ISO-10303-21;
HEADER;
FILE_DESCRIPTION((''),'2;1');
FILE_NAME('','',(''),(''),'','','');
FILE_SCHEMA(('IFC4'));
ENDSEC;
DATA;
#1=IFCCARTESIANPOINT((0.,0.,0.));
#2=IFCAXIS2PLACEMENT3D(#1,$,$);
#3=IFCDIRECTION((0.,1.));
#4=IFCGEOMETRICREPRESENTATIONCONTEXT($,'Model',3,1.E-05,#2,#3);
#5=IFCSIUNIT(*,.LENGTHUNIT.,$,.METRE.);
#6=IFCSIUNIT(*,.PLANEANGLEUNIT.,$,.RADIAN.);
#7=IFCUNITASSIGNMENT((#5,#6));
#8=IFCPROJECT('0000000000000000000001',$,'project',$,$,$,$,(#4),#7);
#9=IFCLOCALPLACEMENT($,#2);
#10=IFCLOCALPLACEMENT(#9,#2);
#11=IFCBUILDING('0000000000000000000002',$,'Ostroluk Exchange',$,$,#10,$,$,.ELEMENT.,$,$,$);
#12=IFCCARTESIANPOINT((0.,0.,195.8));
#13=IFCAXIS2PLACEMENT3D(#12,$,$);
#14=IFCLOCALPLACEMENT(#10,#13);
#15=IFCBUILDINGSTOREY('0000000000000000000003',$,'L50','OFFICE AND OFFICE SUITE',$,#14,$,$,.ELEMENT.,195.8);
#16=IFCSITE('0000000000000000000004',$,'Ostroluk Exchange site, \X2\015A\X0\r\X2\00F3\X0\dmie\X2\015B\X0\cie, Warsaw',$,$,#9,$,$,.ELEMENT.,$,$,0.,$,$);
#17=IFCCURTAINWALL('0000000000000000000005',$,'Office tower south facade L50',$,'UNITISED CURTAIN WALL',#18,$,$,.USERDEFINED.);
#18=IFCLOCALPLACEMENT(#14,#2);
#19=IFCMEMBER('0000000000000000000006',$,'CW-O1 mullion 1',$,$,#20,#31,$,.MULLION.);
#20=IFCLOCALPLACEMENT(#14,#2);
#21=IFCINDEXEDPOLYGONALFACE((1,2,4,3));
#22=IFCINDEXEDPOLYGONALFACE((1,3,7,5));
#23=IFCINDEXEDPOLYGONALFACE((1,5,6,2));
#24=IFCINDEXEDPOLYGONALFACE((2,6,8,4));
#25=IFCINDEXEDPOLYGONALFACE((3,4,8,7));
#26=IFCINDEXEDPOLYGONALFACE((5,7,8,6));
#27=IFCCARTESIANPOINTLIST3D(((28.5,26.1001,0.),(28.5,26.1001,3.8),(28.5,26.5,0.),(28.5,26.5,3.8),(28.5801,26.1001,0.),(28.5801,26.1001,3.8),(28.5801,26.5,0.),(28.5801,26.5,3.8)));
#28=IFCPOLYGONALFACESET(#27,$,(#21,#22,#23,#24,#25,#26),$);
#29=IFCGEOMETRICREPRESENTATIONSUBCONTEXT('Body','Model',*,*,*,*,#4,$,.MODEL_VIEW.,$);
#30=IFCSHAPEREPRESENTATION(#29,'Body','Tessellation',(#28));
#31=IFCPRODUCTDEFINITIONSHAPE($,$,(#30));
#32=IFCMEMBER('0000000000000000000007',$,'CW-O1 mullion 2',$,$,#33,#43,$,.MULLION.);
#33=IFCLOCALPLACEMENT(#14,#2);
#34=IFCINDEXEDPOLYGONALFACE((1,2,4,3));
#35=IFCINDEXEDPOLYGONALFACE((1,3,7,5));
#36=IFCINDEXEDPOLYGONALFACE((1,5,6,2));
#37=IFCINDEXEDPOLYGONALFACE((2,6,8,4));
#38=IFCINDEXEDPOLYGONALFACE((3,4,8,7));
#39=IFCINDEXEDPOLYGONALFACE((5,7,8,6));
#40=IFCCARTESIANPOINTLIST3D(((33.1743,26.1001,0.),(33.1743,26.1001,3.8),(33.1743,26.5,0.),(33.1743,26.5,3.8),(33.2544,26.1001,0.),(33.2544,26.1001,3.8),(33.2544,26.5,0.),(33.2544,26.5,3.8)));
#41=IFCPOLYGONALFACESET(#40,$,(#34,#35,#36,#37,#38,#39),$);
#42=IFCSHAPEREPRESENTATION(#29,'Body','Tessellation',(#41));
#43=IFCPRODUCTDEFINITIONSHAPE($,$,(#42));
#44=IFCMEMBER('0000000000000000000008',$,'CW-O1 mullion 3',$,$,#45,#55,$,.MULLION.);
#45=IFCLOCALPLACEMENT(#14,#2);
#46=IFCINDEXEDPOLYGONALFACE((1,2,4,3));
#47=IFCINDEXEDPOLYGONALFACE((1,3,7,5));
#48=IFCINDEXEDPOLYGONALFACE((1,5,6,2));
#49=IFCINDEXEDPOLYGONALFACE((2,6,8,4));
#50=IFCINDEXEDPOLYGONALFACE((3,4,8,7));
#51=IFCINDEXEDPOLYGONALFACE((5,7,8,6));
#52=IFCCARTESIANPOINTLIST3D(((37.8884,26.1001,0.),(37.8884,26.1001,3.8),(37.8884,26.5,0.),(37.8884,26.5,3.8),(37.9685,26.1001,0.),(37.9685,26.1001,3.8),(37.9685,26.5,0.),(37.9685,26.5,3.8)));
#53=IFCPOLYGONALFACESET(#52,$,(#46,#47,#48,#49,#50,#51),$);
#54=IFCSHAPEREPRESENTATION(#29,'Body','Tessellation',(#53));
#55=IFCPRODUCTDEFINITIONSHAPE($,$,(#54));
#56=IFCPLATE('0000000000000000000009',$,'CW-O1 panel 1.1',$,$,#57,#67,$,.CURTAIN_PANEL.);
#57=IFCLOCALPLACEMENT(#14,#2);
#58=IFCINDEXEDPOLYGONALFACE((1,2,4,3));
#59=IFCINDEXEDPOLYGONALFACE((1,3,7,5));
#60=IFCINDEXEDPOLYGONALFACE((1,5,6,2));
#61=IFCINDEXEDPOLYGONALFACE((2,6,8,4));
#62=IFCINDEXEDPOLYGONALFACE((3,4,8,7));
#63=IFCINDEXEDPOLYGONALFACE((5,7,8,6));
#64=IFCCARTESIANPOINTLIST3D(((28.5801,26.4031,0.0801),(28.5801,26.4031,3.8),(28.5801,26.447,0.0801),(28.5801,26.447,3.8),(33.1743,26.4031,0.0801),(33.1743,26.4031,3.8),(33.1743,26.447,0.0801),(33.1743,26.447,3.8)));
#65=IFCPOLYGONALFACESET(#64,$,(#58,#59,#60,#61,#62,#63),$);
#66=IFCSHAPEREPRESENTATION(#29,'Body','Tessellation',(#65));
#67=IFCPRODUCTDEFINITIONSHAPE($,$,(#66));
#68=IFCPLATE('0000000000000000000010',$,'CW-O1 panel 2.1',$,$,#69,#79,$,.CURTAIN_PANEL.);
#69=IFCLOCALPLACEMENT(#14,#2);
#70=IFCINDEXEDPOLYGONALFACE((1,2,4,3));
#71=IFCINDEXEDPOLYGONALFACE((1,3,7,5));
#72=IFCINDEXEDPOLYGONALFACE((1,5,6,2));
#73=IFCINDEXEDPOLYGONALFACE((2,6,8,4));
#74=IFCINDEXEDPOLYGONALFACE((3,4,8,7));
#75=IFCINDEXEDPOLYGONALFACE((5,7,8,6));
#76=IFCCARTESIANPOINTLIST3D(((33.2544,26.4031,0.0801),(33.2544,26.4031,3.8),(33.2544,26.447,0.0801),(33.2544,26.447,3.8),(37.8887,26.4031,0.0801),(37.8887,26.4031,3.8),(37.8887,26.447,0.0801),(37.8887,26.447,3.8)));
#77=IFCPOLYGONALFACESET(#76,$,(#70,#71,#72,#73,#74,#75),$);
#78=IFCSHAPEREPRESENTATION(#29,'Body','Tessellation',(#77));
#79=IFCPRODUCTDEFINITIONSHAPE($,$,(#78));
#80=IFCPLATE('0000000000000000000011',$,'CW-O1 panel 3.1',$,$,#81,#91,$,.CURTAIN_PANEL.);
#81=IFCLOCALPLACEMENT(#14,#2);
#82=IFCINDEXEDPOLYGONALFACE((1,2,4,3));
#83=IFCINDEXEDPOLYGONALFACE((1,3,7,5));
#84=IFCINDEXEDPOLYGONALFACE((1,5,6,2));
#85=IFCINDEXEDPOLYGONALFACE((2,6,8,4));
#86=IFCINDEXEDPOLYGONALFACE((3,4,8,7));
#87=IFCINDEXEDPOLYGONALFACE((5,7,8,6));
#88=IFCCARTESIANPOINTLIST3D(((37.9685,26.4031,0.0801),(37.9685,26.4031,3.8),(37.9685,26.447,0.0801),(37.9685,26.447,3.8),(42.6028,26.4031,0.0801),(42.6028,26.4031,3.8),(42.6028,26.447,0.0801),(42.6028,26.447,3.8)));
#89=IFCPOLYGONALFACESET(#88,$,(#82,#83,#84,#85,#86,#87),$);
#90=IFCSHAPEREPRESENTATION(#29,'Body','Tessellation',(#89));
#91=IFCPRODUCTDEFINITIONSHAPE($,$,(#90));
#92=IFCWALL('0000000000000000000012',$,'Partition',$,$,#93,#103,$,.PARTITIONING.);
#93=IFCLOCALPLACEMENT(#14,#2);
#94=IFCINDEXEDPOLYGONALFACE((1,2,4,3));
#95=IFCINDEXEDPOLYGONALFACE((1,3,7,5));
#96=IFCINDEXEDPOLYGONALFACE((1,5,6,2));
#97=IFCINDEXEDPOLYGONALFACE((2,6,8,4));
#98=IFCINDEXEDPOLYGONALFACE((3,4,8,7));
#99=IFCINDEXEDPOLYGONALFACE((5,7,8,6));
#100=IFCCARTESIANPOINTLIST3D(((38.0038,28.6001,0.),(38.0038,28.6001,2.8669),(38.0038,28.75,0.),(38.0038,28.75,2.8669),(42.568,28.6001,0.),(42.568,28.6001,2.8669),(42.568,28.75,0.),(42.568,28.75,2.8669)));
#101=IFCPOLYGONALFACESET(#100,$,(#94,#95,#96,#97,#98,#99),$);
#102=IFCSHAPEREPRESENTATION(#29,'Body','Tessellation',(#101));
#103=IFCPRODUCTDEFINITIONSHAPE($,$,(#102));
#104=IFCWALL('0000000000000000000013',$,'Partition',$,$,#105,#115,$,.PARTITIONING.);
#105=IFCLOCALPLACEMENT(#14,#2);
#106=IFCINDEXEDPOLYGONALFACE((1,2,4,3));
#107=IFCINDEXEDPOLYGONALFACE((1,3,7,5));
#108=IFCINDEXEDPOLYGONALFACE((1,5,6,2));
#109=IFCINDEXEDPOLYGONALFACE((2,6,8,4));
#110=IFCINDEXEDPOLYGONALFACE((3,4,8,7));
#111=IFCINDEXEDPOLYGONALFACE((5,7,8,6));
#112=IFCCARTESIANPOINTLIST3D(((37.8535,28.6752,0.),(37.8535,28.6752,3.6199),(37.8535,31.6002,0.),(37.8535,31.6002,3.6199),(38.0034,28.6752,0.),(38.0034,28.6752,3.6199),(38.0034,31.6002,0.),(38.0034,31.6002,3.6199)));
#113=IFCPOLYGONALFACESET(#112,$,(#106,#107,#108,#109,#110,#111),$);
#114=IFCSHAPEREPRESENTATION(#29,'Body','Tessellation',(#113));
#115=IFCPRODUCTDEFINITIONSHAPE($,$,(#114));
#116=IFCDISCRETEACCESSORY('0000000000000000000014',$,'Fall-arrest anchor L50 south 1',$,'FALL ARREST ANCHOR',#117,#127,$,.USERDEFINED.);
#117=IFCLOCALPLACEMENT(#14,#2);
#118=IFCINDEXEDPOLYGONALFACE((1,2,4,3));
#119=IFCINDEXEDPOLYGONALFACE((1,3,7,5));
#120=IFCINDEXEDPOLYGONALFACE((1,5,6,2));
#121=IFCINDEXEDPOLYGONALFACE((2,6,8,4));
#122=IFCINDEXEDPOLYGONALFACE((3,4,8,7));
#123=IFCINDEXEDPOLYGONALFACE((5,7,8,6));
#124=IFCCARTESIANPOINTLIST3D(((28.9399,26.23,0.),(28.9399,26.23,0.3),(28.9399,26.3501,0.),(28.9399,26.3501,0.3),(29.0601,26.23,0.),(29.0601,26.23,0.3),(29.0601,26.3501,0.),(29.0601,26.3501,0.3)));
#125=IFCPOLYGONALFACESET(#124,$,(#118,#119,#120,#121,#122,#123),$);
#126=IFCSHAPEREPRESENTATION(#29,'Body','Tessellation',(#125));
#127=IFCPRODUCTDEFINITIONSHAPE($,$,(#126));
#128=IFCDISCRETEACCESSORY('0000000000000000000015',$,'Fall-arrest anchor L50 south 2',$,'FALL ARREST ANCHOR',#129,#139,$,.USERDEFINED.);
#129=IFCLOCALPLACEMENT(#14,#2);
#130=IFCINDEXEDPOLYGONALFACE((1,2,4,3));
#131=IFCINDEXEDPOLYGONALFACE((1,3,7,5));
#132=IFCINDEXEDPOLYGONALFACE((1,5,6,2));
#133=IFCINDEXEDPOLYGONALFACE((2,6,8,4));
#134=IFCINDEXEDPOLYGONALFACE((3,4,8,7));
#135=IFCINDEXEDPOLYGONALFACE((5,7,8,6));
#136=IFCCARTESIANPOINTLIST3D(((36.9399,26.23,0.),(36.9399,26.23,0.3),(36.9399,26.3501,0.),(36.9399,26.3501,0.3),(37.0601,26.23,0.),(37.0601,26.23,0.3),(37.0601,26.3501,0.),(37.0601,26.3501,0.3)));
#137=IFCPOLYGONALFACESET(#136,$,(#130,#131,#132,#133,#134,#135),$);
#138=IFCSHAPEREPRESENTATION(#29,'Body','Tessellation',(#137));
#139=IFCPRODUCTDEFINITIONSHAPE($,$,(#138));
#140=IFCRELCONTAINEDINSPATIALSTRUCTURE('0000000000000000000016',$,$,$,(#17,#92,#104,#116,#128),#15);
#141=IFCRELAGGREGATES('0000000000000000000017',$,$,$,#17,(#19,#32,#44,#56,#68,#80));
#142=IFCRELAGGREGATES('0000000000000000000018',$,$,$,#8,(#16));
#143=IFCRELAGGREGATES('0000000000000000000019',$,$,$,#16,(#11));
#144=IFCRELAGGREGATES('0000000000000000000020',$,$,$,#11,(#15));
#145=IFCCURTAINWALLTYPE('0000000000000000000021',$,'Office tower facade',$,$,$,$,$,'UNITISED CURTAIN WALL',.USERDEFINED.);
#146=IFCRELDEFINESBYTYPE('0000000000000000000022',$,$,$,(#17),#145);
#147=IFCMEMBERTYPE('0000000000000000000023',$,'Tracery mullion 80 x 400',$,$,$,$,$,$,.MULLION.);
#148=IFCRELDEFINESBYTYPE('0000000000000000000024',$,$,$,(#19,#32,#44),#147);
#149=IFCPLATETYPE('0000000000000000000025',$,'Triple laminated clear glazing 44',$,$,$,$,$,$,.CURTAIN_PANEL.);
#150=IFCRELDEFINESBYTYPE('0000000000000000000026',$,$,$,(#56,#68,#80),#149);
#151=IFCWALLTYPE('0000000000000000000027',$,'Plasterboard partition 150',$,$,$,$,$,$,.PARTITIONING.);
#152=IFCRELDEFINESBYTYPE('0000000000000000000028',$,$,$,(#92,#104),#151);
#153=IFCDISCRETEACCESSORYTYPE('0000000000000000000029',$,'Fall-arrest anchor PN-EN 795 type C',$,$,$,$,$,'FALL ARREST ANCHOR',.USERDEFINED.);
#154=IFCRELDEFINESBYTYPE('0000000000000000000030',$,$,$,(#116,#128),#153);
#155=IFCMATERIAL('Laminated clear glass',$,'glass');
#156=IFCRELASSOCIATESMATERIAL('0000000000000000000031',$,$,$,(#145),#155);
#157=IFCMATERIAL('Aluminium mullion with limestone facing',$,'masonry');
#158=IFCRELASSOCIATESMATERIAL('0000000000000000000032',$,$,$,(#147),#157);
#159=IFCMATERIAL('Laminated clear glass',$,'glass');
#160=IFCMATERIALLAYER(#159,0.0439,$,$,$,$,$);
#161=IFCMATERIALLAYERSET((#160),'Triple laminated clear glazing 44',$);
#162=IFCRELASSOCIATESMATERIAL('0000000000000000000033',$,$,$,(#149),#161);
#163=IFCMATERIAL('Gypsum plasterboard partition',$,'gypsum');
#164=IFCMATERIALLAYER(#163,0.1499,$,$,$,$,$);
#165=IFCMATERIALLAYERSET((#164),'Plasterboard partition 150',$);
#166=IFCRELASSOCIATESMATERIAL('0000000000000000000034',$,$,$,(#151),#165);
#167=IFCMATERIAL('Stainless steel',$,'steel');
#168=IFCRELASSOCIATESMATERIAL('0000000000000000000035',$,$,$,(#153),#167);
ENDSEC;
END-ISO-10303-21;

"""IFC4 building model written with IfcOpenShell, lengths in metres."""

from ifc_helpers import new_model, si_unit, direction, frame, frame_2d, origin, origin_2d, place, context, subcontext, project, spatial, rectangle, extrude, material, layer, layer_set, material_profile, profile_set, type_object, element, aggregate, save


model = new_model("IFC4")

# Units and contexts
model_context = context("Model", 3, precision=1e-05, world=origin(), true_north=direction((0.0, 1.0)))
body_context = subcontext(model_context, "Body", "Model", "MODEL_VIEW")
ifc_project = project(units=[si_unit("LENGTHUNIT", "METRE"), si_unit("PLANEANGLEUNIT", "RADIAN")], contexts=[model_context])

# Site, building, storey
site_placement = place(None, origin())
site = spatial("IfcSite", under=ifc_project, at=site_placement, Name="Ostroluk Exchange site, Śródmieście, Warsaw", CompositionType="ELEMENT", RefElevation=0.0)
building_placement = place(site_placement, origin())
building = spatial("IfcBuilding", under=site, at=building_placement, Name="Ostroluk Exchange", CompositionType="ELEMENT")
storey_placement = place(building_placement, frame((0.0, 0.0, 195.8)))
storey = spatial("IfcBuildingStorey", under=building, at=storey_placement, Name="L50", Description="OFFICE AND OFFICE SUITE", CompositionType="ELEMENT", Elevation=195.8)

# Curtain wall, members, plates
ifc_material_1 = material(Name="Laminated clear glass", Category="glass")
curtain_wall_type = type_object("IfcCurtainWallType", Name="Office tower facade", ElementType="UNITISED CURTAIN WALL", PredefinedType="USERDEFINED", material=ifc_material_1)
curtain_wall_placement = place(storey_placement, origin())
curtain_wall = element("IfcCurtainWall", 1, at=curtain_wall_placement, inside=storey, type_object=curtain_wall_type, Name="Office tower south facade L50", ObjectType="UNITISED CURTAIN WALL", PredefinedType="USERDEFINED")
ifc_material_2 = material(Name="Aluminium mullion with limestone facing", Category="masonry")
ifc_material_profile_1 = material_profile(ifc_material_2, rectangle(XDim=0.3999, YDim=0.0801, at=origin_2d()), Name="Tracery mullion 80 x 400")
ifc_profile_set_1 = profile_set([ifc_material_profile_1], Name="Aluminium mullion with limestone facing")
member_type_1 = type_object("IfcMemberType", Name="Tracery mullion 80 x 400", PredefinedType="MULLION", material=ifc_profile_set_1)
member_1_placement = place(storey_placement, frame((28.54, 26.3, 0.0), z_axis=(0.0, 0.0, 1.0), x_axis=(0.0, 1.0, 0.0)))
member_1 = element("IfcMember", 2, at=member_1_placement, type_object=member_type_1, Name="CW-O1 mullion 1", PredefinedType="MULLION", context=body_context, shape_type="SweptSolid", body=[
    extrude(rectangle(XDim=0.3999, YDim=0.0801, at=origin_2d()), origin(), (0.0, 0.0, 1.0), 3.8),
])
member_2_placement = place(storey_placement, frame((33.2144, 26.3, 0.0), z_axis=(0.0, 0.0, 1.0), x_axis=(0.0, 1.0, 0.0)))
member_2 = element("IfcMember", 3, at=member_2_placement, type_object=member_type_1, Name="CW-O1 mullion 2", PredefinedType="MULLION", context=body_context, shape_type="SweptSolid", body=[
    extrude(rectangle(XDim=0.3999, YDim=0.0801, at=origin_2d()), origin(), (0.0, 0.0, 1.0), 3.8),
])
member_3_placement = place(storey_placement, frame((37.9285, 26.3, 0.0), z_axis=(0.0, 0.0, 1.0), x_axis=(0.0, 1.0, 0.0)))
member_3 = element("IfcMember", 4, at=member_3_placement, type_object=member_type_1, Name="CW-O1 mullion 3", PredefinedType="MULLION", context=body_context, shape_type="SweptSolid", body=[
    extrude(rectangle(XDim=0.3999, YDim=0.0801, at=origin_2d()), origin(), (0.0, 0.0, 1.0), 3.8),
])
ifc_material_3 = material(Name="Laminated clear glass", Category="glass")
ifc_layer_1 = layer(ifc_material_3, 0.0439)
ifc_layer_set_1 = layer_set([ifc_layer_1], Name="Triple laminated clear glazing 44")
plate_type = type_object("IfcPlateType", Name="Triple laminated clear glazing 44", PredefinedType="CURTAIN_PANEL", material=ifc_layer_set_1)
plate_1_placement = place(storey_placement, frame((30.8772, 26.425, 0.0801), z_axis=(0.0, 0.0, 1.0), x_axis=(1.0, 0.0, 0.0)))
plate_1 = element("IfcPlate", 5, at=plate_1_placement, type_object=plate_type, Name="CW-O1 panel 1.1", PredefinedType="CURTAIN_PANEL", context=body_context, shape_type="SweptSolid", body=[
    extrude(rectangle(XDim=4.5942, YDim=0.0439, at=origin_2d()), origin(), (0.0, 0.0, 1.0), 3.72),
])
plate_2_placement = place(storey_placement, frame((35.5715, 26.425, 0.0801), z_axis=(0.0, 0.0, 1.0), x_axis=(1.0, 0.0, 0.0)))
plate_2 = element("IfcPlate", 6, at=plate_2_placement, type_object=plate_type, Name="CW-O1 panel 2.1", PredefinedType="CURTAIN_PANEL", context=body_context, shape_type="SweptSolid", body=[
    extrude(rectangle(XDim=4.6343, YDim=0.0439, at=origin_2d()), origin(), (0.0, 0.0, 1.0), 3.72),
])
plate_3_placement = place(storey_placement, frame((40.2856, 26.425, 0.0801), z_axis=(0.0, 0.0, 1.0), x_axis=(1.0, 0.0, 0.0)))
plate_3 = element("IfcPlate", 7, at=plate_3_placement, type_object=plate_type, Name="CW-O1 panel 3.1", PredefinedType="CURTAIN_PANEL", context=body_context, shape_type="SweptSolid", body=[
    extrude(rectangle(XDim=4.6343, YDim=0.0439, at=origin_2d()), origin(), (0.0, 0.0, 1.0), 3.72),
])
aggregate(curtain_wall, [member_1, member_2, member_3, plate_1, plate_2, plate_3])

# Walls
ifc_material_4 = material(Name="Gypsum plasterboard partition", Category="gypsum")
ifc_layer_2 = layer(ifc_material_4, 0.1499)
ifc_layer_set_2 = layer_set([ifc_layer_2], Name="Plasterboard partition 150")
wall_type_1 = type_object("IfcWallType", Name="Plasterboard partition 150", PredefinedType="PARTITIONING", material=ifc_layer_set_2)
wall_1_placement = place(storey_placement, frame((38.0037, 28.675, 0.0), z_axis=(0.0, 0.0, 1.0), x_axis=(1.0, 0.0, 0.0)))
element("IfcWall", 8, at=wall_1_placement, inside=storey, type_object=wall_type_1, Name="Partition", PredefinedType="PARTITIONING", context=body_context, shape_type="SweptSolid", body=[
    extrude(rectangle(XDim=4.5642, YDim=0.1499, at=frame_2d((2.2822, 0.0))), origin(), (0.0, 0.0, 1.0), 2.8669),
])
wall_2_placement = place(storey_placement, frame((37.9285, 31.6001, 0.0), z_axis=(0.0, 0.0, 1.0), x_axis=(0.0, -1.0, 0.0)))
element("IfcWall", 9, at=wall_2_placement, inside=storey, type_object=wall_type_1, Name="Partition", PredefinedType="PARTITIONING", context=body_context, shape_type="SweptSolid", body=[
    extrude(rectangle(XDim=2.925, YDim=0.1499, at=frame_2d((1.4624, 0.0))), origin(), (0.0, 0.0, 1.0), 3.6199),
])

# Discrete accessories
ifc_material_5 = material(Name="Stainless steel", Category="steel")
discrete_accessory_type = type_object("IfcDiscreteAccessoryType", Name="Fall-arrest anchor PN-EN 795 type C", ElementType="FALL ARREST ANCHOR", PredefinedType="USERDEFINED", material=ifc_material_5)
for number, where, z_axis, x_axis, name in (
    (10, (29.0, 26.29, 0.0), (0.0, 0.0, 1.0), (1.0, 0.0, 0.0), "Fall-arrest anchor L50 south 1"),
    (11, (37.0, 26.29, 0.0), (0.0, 0.0, 1.0), (1.0, 0.0, 0.0), "Fall-arrest anchor L50 south 2"),
):
    element("IfcDiscreteAccessory", number, at=place(storey_placement, frame(where, z_axis=z_axis, x_axis=x_axis)), inside=storey, type_object=discrete_accessory_type, Name=name, ObjectType="FALL ARREST ANCHOR", PredefinedType="USERDEFINED", context=body_context, shape_type="SweptSolid", body=[
        extrude(rectangle(XDim=0.1201, YDim=0.1201, at=origin_2d()), origin(), (0.0, 0.0, 1.0), 0.3),
    ])

save(model, "model.ifc")
